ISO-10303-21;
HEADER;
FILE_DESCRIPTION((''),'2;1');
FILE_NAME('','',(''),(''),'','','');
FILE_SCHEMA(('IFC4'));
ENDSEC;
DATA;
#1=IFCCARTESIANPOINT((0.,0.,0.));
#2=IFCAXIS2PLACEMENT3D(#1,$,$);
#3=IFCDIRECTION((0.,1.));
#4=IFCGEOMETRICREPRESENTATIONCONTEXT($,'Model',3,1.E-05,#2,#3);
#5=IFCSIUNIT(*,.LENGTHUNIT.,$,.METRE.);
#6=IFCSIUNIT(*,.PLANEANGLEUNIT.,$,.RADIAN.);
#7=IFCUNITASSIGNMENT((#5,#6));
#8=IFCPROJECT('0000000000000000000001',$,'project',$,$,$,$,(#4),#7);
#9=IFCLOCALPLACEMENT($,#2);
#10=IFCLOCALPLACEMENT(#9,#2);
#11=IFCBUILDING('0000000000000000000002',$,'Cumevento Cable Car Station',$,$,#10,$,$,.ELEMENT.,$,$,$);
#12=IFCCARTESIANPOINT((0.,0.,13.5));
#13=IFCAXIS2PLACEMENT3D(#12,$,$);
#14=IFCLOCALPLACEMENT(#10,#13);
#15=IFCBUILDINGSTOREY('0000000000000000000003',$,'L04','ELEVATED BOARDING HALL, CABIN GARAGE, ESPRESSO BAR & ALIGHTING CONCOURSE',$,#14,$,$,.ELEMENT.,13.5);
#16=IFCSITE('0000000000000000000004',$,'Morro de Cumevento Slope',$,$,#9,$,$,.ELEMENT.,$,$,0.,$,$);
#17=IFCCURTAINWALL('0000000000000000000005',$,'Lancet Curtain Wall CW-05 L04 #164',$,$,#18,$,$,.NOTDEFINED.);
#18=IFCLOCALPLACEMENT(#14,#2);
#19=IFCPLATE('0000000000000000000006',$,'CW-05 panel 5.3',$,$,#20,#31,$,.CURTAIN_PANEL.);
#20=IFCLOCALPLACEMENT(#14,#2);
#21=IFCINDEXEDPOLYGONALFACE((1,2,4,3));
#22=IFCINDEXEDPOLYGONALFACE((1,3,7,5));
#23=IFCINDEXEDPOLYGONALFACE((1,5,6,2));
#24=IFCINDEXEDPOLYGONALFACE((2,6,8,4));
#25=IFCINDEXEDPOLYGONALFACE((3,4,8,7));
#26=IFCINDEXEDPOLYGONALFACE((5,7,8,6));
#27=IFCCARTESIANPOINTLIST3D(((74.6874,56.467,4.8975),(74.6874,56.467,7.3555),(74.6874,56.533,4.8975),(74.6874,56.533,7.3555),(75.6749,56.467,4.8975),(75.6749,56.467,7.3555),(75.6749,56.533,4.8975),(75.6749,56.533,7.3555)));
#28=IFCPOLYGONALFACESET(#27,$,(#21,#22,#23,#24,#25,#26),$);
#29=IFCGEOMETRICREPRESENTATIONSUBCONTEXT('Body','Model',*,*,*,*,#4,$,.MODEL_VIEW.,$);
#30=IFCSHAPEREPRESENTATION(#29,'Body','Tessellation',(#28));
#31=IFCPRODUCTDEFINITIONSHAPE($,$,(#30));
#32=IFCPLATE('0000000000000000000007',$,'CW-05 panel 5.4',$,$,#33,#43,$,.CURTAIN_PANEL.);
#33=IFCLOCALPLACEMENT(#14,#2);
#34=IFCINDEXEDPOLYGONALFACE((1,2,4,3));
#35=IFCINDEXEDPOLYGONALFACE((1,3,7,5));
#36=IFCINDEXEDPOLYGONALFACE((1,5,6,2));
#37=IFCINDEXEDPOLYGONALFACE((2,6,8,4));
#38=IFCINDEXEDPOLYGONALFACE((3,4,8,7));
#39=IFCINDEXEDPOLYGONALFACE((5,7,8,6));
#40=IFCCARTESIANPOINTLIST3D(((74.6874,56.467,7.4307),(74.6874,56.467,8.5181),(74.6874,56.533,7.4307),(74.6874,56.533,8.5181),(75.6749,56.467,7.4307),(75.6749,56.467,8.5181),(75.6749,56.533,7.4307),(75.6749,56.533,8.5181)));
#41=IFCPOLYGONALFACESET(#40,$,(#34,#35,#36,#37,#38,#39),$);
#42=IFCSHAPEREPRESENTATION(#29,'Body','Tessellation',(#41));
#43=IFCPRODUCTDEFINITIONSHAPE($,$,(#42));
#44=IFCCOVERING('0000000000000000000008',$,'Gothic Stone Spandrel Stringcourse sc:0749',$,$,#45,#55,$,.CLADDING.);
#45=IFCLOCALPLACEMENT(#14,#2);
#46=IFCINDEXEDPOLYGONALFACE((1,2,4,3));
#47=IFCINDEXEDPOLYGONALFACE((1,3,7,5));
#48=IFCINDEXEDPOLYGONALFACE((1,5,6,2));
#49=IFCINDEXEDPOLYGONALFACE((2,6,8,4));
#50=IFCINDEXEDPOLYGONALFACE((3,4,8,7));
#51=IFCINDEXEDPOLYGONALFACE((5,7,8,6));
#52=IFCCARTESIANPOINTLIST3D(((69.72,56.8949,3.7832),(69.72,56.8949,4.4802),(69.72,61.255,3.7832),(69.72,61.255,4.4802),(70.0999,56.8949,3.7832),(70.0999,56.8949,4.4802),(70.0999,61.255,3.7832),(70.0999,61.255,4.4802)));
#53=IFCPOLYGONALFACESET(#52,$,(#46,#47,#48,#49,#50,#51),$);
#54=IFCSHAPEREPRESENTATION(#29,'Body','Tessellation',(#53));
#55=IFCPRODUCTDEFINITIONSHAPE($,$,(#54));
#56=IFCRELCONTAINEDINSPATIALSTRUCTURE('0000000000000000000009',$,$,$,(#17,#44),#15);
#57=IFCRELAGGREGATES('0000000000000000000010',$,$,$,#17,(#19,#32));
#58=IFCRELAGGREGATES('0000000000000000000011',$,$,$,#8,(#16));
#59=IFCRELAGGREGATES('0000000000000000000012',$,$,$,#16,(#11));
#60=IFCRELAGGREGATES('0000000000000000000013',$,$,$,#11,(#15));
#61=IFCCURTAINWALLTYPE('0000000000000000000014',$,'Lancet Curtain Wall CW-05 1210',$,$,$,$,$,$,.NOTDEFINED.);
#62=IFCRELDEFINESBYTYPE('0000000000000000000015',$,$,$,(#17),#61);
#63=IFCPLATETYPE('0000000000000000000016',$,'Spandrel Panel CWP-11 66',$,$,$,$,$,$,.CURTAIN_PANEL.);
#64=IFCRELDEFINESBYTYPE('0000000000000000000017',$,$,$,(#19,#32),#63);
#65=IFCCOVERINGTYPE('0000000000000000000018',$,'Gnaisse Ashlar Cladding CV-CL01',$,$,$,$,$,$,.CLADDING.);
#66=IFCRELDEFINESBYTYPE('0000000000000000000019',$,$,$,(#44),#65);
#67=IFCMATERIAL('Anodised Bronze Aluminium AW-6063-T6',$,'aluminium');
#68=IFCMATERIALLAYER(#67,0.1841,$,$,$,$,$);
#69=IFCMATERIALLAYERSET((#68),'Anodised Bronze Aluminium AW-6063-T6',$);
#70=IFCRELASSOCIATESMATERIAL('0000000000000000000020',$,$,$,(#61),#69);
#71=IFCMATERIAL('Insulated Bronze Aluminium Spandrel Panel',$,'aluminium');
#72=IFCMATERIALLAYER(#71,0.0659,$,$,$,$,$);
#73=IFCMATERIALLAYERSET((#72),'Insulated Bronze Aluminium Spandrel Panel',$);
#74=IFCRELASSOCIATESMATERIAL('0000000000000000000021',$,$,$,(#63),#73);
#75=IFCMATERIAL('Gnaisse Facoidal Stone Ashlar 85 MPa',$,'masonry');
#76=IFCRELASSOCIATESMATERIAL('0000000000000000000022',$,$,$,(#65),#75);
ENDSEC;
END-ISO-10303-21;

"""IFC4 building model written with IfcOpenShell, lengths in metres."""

from ifc_helpers import new_model, si_unit, direction, frame, origin, origin_2d, place, context, subcontext, project, spatial, rectangle, extrude, material, layer, layer_set, type_object, element, aggregate, save


model = new_model("IFC4")

# Units and contexts
model_context = context("Model", 3, precision=1e-05, world=origin(), true_north=direction((0.0, 1.0)))
body_context = subcontext(model_context, "Body", "Model", "MODEL_VIEW")
ifc_project = project(units=[si_unit("LENGTHUNIT", "METRE"), si_unit("PLANEANGLEUNIT", "RADIAN")], contexts=[model_context])

# Site, building, storey
site_placement = place(None, origin())
site = spatial("IfcSite", under=ifc_project, at=site_placement, Name="Morro de Cumevento Slope", CompositionType="ELEMENT", RefElevation=0.0)
building_placement = place(site_placement, origin())
building = spatial("IfcBuilding", under=site, at=building_placement, Name="Cumevento Cable Car Station", CompositionType="ELEMENT")
storey_placement = place(building_placement, frame((0.0, 0.0, 13.5)))
storey = spatial("IfcBuildingStorey", under=building, at=storey_placement, Name="L04", Description="ELEVATED BOARDING HALL, CABIN GARAGE, ESPRESSO BAR & ALIGHTING CONCOURSE", CompositionType="ELEMENT", Elevation=13.5)

# Curtain wall
ifc_material_1 = material(Name="Anodised Bronze Aluminium AW-6063-T6", Category="aluminium")
ifc_layer_1 = layer(ifc_material_1, 0.1841)
ifc_layer_set_1 = layer_set([ifc_layer_1], Name="Anodised Bronze Aluminium AW-6063-T6")
curtain_wall_type_1 = type_object("IfcCurtainWallType", Name="Lancet Curtain Wall CW-05 1210", PredefinedType="NOTDEFINED", material=ifc_layer_set_1)
curtain_wall_1_placement = place(storey_placement, origin())
curtain_wall_1 = element("IfcCurtainWall", 1, at=curtain_wall_1_placement, inside=storey, type_object=curtain_wall_type_1, Name="Lancet Curtain Wall CW-05 L04 #164", PredefinedType="NOTDEFINED")

# Plates
ifc_material_2 = material(Name="Insulated Bronze Aluminium Spandrel Panel", Category="aluminium")
ifc_layer_2 = layer(ifc_material_2, 0.0659)
ifc_layer_set_2 = layer_set([ifc_layer_2], Name="Insulated Bronze Aluminium Spandrel Panel")
plate_type_1 = type_object("IfcPlateType", Name="Spandrel Panel CWP-11 66", PredefinedType="CURTAIN_PANEL", material=ifc_layer_set_2)
plate_1_placement = place(storey_placement, frame((75.1812, 56.5, 4.8975), z_axis=(0.0, 0.0, 1.0), x_axis=(1.0, 0.0, 0.0)))
plate_1 = element("IfcPlate", 2, at=plate_1_placement, type_object=plate_type_1, Name="CW-05 panel 5.3", PredefinedType="CURTAIN_PANEL", context=body_context, shape_type="SweptSolid", body=[
    extrude(rectangle(XDim=0.9875, YDim=0.0659, at=origin_2d()), origin(), (0.0, 0.0, 1.0), 2.458),
])
plate_2_placement = place(storey_placement, frame((75.1812, 56.5, 7.4307), z_axis=(0.0, 0.0, 1.0), x_axis=(1.0, 0.0, 0.0)))
plate_2 = element("IfcPlate", 3, at=plate_2_placement, type_object=plate_type_1, Name="CW-05 panel 5.4", PredefinedType="CURTAIN_PANEL", context=body_context, shape_type="SweptSolid", body=[
    extrude(rectangle(XDim=0.9875, YDim=0.0659, at=origin_2d()), origin(), (0.0, 0.0, 1.0), 1.0874),
])
aggregate(curtain_wall_1, [plate_1, plate_2])

# Covering
ifc_material_3 = material(Name="Gnaisse Facoidal Stone Ashlar 85 MPa", Category="masonry")
covering_type = type_object("IfcCoveringType", Name="Gnaisse Ashlar Cladding CV-CL01", PredefinedType="CLADDING", material=ifc_material_3)
covering_1_placement = place(storey_placement, frame((69.9099, 59.075, 3.7832), z_axis=(0.0, 0.0, 1.0), x_axis=(0.0, -1.0, 0.0)))
element("IfcCovering", 4, at=covering_1_placement, inside=storey, type_object=covering_type, Name="Gothic Stone Spandrel Stringcourse sc:0749", PredefinedType="CLADDING", context=body_context, shape_type="SweptSolid", body=[
    extrude(rectangle(XDim=4.3601, YDim=0.3799, at=origin_2d()), origin(), (0.0, 0.0, 1.0), 0.697),
])

save(model, "model.ifc")
